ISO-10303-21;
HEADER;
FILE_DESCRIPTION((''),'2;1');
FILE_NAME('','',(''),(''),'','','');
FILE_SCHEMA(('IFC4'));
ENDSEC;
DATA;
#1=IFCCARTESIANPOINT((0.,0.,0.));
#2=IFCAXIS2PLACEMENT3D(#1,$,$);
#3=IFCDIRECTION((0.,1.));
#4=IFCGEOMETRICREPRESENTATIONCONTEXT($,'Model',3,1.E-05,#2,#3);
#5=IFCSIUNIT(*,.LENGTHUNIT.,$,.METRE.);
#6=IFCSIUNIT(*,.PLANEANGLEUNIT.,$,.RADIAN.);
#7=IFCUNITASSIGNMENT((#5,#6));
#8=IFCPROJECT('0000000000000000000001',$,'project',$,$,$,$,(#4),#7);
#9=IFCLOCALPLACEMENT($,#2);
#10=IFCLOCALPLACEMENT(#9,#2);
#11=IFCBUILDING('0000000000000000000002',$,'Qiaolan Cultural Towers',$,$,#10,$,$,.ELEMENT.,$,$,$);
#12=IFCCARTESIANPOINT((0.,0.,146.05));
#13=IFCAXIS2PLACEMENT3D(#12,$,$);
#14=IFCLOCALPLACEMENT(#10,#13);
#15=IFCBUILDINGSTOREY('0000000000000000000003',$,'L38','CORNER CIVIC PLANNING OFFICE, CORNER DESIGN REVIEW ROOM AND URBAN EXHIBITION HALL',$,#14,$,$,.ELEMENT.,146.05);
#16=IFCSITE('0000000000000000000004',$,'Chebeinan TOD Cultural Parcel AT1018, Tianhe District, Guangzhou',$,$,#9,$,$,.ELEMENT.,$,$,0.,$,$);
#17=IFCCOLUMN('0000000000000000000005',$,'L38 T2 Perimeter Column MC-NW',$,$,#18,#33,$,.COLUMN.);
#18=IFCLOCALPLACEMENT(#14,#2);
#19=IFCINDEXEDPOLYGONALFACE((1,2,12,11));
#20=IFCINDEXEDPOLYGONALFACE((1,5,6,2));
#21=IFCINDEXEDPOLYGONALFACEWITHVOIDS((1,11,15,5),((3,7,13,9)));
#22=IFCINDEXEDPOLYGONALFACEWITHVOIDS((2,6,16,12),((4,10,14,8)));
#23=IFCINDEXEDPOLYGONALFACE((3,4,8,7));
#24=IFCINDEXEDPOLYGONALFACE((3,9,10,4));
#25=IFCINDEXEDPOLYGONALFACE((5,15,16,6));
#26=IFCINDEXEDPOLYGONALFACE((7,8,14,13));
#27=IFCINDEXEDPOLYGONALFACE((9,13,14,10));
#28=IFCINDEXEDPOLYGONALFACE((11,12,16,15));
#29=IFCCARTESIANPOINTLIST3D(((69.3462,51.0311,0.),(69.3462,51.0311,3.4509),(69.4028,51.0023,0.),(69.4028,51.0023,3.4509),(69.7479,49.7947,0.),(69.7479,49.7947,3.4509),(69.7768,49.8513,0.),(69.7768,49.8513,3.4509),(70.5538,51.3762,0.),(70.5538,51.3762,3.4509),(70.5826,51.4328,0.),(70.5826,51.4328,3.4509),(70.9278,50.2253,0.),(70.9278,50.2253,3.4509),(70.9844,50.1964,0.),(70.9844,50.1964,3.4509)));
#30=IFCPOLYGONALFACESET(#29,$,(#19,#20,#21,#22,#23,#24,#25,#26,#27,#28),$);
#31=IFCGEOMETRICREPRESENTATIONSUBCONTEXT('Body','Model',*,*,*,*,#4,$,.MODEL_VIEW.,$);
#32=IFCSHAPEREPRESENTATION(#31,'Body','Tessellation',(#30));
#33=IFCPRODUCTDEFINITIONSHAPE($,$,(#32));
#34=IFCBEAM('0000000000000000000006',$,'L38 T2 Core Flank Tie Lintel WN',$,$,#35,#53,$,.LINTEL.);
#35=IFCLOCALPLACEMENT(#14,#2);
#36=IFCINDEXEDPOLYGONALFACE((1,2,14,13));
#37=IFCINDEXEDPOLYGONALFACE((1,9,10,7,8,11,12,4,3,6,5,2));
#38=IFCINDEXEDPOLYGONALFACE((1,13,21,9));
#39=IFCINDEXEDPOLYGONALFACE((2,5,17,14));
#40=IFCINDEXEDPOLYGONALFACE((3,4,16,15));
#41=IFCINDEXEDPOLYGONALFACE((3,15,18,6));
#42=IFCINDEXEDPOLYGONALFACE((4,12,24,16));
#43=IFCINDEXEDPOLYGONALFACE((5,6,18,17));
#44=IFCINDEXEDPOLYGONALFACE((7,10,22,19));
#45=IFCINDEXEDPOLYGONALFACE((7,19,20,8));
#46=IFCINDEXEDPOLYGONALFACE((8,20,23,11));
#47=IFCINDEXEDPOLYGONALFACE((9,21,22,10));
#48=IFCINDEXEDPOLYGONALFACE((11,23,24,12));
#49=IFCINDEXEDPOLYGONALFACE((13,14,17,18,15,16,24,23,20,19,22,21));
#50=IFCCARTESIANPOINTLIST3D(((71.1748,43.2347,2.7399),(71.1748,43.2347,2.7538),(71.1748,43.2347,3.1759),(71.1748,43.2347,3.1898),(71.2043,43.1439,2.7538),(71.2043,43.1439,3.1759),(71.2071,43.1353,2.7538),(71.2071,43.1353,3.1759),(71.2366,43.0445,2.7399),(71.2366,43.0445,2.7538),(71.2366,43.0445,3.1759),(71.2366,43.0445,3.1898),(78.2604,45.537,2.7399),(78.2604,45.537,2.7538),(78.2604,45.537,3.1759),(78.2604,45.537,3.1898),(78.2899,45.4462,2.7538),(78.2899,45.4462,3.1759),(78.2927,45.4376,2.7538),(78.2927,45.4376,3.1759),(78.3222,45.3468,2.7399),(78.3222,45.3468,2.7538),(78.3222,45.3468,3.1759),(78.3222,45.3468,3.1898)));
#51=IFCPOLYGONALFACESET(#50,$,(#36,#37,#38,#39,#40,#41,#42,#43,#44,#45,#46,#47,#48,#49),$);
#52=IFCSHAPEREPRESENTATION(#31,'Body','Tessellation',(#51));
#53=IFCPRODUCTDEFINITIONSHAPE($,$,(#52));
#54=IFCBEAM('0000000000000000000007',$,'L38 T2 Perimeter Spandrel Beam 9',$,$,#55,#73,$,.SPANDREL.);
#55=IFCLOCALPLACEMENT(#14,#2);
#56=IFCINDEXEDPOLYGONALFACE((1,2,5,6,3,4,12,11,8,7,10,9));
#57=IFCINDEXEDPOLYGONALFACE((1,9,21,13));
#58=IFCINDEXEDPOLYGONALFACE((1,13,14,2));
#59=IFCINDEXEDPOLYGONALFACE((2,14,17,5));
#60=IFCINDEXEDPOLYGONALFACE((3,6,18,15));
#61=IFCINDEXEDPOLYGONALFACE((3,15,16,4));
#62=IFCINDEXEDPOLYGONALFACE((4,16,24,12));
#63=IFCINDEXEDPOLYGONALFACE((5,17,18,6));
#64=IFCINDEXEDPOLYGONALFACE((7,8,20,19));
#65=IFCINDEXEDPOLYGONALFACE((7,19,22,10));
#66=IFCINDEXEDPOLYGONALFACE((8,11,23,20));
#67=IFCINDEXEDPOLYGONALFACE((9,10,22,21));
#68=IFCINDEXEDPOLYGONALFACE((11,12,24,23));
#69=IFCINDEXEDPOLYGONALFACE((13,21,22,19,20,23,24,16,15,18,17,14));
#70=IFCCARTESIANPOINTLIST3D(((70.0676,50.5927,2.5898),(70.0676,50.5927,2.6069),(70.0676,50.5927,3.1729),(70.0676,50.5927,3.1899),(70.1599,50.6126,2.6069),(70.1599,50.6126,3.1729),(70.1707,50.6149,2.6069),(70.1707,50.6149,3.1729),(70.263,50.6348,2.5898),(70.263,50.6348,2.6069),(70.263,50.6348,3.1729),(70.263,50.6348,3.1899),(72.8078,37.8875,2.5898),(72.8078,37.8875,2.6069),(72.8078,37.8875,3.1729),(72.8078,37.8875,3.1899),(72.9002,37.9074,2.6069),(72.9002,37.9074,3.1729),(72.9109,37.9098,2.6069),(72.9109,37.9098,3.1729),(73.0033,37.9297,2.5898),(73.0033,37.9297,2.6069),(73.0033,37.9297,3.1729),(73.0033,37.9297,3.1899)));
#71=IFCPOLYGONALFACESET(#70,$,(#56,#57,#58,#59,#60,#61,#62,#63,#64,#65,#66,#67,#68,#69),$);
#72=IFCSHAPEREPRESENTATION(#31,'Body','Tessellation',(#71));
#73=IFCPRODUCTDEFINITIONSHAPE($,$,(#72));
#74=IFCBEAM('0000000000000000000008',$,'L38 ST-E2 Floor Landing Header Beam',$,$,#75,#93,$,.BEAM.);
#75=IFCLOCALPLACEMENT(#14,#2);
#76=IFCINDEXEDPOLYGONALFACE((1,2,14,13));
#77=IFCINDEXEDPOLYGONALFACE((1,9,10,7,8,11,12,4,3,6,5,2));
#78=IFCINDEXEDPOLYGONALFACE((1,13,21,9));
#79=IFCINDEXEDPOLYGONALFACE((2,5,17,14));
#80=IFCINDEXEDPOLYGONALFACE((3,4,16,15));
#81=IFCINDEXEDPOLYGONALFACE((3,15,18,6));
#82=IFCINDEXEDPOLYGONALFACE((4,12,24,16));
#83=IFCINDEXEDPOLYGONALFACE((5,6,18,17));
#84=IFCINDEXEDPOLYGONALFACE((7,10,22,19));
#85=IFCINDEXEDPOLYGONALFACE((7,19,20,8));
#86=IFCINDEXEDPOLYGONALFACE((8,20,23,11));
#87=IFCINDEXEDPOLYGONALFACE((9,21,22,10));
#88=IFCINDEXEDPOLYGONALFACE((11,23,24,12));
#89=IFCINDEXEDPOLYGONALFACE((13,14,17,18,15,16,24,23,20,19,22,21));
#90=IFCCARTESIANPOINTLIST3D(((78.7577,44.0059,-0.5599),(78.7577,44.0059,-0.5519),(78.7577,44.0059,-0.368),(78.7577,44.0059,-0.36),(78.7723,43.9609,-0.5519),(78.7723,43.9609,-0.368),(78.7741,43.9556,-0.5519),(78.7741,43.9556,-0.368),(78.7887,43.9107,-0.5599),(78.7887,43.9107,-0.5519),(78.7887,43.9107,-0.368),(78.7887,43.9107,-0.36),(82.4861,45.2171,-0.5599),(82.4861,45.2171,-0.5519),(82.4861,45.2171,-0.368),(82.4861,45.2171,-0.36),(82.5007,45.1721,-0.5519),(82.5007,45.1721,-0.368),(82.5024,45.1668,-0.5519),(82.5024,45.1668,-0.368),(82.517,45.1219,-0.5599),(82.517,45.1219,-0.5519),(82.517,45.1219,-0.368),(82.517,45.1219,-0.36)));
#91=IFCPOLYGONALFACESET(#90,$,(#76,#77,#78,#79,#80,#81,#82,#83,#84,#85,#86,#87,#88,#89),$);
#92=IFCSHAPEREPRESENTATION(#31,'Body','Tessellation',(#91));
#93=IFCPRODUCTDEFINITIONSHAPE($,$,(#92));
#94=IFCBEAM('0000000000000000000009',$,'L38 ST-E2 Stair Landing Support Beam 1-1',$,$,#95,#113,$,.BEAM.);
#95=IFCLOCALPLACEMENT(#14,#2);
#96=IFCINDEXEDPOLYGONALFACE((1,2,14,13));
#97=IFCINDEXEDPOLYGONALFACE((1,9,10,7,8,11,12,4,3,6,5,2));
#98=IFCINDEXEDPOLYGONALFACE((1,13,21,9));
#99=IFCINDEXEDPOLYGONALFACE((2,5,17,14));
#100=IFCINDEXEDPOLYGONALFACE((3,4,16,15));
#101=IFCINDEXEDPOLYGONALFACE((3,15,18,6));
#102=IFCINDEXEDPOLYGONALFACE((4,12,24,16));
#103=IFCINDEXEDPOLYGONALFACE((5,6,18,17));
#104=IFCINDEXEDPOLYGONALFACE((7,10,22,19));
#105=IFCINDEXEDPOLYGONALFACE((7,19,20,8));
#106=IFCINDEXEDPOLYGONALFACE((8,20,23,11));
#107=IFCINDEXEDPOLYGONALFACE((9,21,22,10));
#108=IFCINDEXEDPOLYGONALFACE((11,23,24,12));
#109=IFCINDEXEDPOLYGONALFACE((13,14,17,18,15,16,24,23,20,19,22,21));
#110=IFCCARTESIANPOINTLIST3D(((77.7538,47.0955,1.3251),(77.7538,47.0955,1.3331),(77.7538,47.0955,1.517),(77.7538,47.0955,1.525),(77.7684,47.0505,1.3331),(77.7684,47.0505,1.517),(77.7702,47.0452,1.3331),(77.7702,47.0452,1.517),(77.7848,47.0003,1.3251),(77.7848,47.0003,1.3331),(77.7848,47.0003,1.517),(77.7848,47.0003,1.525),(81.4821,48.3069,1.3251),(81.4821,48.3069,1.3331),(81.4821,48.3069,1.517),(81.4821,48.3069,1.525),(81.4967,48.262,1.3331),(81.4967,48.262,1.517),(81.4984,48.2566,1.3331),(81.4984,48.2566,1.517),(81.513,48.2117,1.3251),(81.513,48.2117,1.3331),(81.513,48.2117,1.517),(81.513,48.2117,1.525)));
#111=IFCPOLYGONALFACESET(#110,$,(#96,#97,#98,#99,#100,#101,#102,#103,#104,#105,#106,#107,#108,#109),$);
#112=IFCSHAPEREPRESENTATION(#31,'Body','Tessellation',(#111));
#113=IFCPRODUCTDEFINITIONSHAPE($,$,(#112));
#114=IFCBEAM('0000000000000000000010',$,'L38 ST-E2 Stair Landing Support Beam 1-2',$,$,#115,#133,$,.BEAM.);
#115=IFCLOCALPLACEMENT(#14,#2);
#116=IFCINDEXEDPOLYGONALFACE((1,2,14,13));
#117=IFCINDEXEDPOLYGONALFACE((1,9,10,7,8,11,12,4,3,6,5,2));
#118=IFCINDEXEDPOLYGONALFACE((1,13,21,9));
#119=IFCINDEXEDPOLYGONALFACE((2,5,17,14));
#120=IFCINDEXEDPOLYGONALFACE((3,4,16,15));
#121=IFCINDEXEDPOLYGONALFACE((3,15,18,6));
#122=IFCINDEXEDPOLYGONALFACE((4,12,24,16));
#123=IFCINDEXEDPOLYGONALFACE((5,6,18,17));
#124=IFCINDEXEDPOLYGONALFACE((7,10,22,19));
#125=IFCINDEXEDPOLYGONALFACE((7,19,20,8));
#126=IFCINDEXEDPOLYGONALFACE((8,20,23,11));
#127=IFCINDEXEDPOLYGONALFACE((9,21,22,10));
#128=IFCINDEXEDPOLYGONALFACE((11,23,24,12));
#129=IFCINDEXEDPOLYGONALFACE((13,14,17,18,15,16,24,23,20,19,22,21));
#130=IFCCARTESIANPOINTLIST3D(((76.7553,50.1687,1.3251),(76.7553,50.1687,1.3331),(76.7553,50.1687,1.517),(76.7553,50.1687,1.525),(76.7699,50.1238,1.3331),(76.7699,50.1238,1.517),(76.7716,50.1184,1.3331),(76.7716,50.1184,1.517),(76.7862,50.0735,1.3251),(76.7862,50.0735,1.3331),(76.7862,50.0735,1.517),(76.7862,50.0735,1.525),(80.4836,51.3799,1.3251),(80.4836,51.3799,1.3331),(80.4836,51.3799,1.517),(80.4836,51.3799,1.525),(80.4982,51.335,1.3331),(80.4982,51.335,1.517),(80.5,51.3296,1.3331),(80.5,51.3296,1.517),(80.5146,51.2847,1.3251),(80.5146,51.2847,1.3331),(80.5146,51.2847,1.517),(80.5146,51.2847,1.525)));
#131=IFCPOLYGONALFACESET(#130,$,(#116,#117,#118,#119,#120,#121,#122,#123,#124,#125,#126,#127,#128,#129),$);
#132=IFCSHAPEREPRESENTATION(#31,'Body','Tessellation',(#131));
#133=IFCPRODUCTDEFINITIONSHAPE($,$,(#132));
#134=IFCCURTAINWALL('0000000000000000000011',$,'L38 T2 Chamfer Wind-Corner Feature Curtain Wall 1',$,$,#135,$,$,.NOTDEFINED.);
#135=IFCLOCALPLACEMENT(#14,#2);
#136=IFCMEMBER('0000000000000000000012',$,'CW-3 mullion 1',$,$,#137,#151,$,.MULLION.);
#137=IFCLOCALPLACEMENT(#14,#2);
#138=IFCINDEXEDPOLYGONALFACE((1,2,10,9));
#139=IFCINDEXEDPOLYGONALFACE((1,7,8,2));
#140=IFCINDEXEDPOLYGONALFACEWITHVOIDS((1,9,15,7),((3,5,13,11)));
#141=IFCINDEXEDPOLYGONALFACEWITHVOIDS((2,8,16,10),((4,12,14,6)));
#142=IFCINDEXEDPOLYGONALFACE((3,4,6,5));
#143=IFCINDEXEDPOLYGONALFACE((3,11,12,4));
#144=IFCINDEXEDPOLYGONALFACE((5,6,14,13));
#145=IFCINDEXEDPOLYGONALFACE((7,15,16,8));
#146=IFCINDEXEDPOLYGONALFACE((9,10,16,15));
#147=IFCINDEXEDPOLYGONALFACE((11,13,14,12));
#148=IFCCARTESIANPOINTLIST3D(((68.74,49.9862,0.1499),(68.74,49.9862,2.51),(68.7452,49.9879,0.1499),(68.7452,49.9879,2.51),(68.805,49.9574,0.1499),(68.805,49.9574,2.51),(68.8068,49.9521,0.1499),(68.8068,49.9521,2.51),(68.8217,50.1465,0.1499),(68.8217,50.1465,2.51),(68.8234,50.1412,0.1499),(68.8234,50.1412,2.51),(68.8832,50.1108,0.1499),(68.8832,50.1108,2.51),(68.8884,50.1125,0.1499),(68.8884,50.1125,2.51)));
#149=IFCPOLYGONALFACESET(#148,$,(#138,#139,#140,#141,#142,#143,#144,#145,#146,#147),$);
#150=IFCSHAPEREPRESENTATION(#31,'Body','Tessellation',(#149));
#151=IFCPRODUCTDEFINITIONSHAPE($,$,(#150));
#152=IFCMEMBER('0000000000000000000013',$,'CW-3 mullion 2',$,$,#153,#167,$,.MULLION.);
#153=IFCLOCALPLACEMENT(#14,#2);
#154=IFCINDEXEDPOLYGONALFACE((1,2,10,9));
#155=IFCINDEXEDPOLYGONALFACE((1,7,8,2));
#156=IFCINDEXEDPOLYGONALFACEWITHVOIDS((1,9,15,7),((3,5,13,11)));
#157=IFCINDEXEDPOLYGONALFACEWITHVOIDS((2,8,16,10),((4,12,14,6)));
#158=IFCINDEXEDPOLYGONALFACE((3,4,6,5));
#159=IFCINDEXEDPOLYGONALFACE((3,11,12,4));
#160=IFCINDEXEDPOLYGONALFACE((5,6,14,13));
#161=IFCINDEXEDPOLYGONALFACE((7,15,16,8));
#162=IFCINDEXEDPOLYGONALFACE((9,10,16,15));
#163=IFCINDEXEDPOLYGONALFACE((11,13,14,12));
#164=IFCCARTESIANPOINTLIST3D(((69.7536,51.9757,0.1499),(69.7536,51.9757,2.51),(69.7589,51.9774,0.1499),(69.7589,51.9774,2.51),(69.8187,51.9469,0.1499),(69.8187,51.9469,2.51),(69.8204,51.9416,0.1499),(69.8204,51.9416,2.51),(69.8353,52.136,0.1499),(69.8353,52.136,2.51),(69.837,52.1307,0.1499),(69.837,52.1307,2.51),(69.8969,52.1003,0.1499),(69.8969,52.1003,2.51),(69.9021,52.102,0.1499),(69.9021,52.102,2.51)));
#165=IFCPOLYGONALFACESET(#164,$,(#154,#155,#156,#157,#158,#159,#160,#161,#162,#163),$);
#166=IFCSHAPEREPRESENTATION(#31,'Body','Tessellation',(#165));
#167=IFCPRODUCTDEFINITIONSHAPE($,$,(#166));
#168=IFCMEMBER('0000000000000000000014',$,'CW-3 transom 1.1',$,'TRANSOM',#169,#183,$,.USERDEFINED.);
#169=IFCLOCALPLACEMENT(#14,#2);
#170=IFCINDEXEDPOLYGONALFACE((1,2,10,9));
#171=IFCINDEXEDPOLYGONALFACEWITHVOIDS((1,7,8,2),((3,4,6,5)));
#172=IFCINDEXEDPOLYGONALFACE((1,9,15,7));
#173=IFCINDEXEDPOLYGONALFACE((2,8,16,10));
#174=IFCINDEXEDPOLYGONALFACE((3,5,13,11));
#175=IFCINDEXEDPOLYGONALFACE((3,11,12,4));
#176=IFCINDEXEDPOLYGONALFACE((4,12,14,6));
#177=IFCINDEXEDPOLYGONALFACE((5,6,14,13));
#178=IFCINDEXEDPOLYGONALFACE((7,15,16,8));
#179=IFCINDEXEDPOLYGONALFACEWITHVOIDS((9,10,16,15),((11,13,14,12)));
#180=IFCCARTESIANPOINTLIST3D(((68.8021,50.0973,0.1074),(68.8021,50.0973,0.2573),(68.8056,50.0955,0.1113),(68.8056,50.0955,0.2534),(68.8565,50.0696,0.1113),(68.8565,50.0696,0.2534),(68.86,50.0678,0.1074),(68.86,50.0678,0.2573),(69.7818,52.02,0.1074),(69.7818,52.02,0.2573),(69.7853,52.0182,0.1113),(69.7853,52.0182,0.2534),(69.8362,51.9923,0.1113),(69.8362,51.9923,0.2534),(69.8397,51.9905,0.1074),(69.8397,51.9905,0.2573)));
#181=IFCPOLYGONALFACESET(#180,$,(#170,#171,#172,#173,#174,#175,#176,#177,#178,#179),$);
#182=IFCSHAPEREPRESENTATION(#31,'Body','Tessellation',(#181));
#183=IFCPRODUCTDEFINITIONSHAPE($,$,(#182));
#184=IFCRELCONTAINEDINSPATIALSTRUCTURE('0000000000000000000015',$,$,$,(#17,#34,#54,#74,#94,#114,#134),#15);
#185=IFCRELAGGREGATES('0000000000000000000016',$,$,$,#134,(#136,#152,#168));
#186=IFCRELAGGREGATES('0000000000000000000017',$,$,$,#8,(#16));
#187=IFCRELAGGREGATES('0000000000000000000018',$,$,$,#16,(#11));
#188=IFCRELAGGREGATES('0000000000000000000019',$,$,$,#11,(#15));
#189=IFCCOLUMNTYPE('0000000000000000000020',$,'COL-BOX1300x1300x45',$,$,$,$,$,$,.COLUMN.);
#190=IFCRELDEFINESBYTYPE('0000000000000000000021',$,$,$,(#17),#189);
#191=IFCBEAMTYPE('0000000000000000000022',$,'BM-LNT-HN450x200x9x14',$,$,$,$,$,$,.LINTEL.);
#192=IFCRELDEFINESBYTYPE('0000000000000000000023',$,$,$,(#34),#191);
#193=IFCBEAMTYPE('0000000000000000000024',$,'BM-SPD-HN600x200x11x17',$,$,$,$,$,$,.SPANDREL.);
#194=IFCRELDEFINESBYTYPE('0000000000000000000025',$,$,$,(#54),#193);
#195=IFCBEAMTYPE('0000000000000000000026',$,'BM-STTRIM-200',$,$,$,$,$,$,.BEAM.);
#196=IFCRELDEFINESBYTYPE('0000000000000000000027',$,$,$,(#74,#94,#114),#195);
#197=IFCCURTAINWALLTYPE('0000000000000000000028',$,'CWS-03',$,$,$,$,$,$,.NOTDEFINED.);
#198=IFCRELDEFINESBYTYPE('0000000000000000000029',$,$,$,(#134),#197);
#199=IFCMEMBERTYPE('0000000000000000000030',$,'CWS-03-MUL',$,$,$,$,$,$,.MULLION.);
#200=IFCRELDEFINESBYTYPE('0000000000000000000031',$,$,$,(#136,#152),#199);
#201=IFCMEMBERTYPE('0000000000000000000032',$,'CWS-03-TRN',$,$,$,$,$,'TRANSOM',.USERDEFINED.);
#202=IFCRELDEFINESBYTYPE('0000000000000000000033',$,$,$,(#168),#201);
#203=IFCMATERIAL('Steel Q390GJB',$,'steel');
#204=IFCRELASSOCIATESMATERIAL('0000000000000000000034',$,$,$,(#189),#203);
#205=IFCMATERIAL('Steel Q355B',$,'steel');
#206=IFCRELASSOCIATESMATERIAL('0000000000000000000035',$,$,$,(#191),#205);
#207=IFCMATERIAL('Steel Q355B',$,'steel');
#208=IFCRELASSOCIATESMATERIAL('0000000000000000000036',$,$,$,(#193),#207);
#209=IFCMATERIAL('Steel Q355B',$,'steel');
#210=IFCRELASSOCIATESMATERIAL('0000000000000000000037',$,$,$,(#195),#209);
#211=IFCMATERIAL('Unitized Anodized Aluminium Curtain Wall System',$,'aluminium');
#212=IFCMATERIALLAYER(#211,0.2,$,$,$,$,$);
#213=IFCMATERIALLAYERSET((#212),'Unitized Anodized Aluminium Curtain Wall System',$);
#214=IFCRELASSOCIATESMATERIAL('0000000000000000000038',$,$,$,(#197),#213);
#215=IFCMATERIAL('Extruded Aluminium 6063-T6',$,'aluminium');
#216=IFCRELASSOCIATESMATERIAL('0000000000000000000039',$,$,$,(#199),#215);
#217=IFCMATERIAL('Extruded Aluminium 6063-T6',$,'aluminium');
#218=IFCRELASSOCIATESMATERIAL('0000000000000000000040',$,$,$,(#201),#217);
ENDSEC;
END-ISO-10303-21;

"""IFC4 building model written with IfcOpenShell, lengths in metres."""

from ifc_helpers import new_model, si_unit, direction, frame, origin, origin_2d, place, context, subcontext, project, spatial, hollow_rectangle, i_section, extrude, material, layer, layer_set, material_profile, profile_set, type_object, element, aggregate, save


model = new_model("IFC4")

# Units and contexts
model_context = context("Model", 3, precision=1e-05, world=origin(), true_north=direction((0.0, 1.0)))
body_context = subcontext(model_context, "Body", "Model", "MODEL_VIEW")
ifc_project = project(units=[si_unit("LENGTHUNIT", "METRE"), si_unit("PLANEANGLEUNIT", "RADIAN")], contexts=[model_context])

# Site, building, storey
site_placement = place(None, origin())
site = spatial("IfcSite", under=ifc_project, at=site_placement, Name="Chebeinan TOD Cultural Parcel AT1018, Tianhe District, Guangzhou", CompositionType="ELEMENT", RefElevation=0.0)
building_placement = place(site_placement, origin())
building = spatial("IfcBuilding", under=site, at=building_placement, Name="Qiaolan Cultural Towers", CompositionType="ELEMENT")
storey_placement = place(building_placement, frame((0.0, 0.0, 146.05)))
storey = spatial("IfcBuildingStorey", under=building, at=storey_placement, Name="L38", Description="CORNER CIVIC PLANNING OFFICE, CORNER DESIGN REVIEW ROOM AND URBAN EXHIBITION HALL", CompositionType="ELEMENT", Elevation=146.05)

# Column
ifc_material_1 = material(Name="Steel Q390GJB", Category="steel")
ifc_material_profile_1 = material_profile(ifc_material_1, hollow_rectangle(XDim=1.3, YDim=1.3, WallThickness=0.0449, at=origin_2d()), Name="BOX1300x1300x45")
ifc_profile_set_1 = profile_set([ifc_material_profile_1], Name="Steel Q390GJB")
column_type = type_object("IfcColumnType", Name="COL-BOX1300x1300x45", PredefinedType="COLUMN", material=ifc_profile_set_1)
column_placement = place(storey_placement, frame((70.1653, 50.6138, 0.0), z_axis=(0.0, 0.0, 1.0), x_axis=(0.951057, 0.309017, 0.0)))
element("IfcColumn", 1, at=column_placement, inside=storey, type_object=column_type, Name="L38 T2 Perimeter Column MC-NW", PredefinedType="COLUMN", context=body_context, shape_type="SweptSolid", body=[
    extrude(hollow_rectangle(XDim=1.3, YDim=1.3, WallThickness=0.0449, at=origin_2d()), origin(), (0.0, 0.0, 1.0), 3.4509),
])

# Beams
ifc_material_2 = material(Name="Steel Q355B", Category="steel")
ifc_material_profile_2 = material_profile(ifc_material_2, i_section(OverallWidth=0.2, OverallDepth=0.45, WebThickness=0.009, FlangeThickness=0.0139, at=origin_2d()), Name="HN450x200x9x14")
ifc_profile_set_2 = profile_set([ifc_material_profile_2], Name="Steel Q355B")
beam_type_1 = type_object("IfcBeamType", Name="BM-LNT-HN450x200x9x14", PredefinedType="LINTEL", material=ifc_profile_set_2)
beam_1_placement = place(storey_placement, frame((78.2913, 45.4419, 2.9648), z_axis=(-0.951055, -0.309022, 0.0), x_axis=(0.309022, -0.951055, 0.0)))
element("IfcBeam", 2, at=beam_1_placement, inside=storey, type_object=beam_type_1, Name="L38 T2 Core Flank Tie Lintel WN", PredefinedType="LINTEL", context=body_context, shape_type="SweptSolid", body=[
    extrude(i_section(OverallWidth=0.2, OverallDepth=0.45, WebThickness=0.009, FlangeThickness=0.0139, at=origin_2d()), origin(), (0.0, 0.0, 1.0), 7.4502),
])
ifc_material_3 = material(Name="Steel Q355B", Category="steel")
ifc_material_profile_3 = material_profile(ifc_material_3, i_section(OverallWidth=0.2, OverallDepth=0.6001, WebThickness=0.011, FlangeThickness=0.0171, at=origin_2d()), Name="HN600x200x11x17")
ifc_profile_set_3 = profile_set([ifc_material_profile_3], Name="Steel Q355B")
beam_type_2 = type_object("IfcBeamType", Name="BM-SPD-HN600x200x11x17", PredefinedType="SPANDREL", material=ifc_profile_set_3)
beam_2_placement = place(storey_placement, frame((70.1653, 50.6138, 2.8899), z_axis=(0.210832, -0.977522, 0.0), x_axis=(0.977522, 0.210832, 0.0)))
element("IfcBeam", 3, at=beam_2_placement, inside=storey, type_object=beam_type_2, Name="L38 T2 Perimeter Spandrel Beam 9", PredefinedType="SPANDREL", context=body_context, shape_type="SweptSolid", body=[
    extrude(i_section(OverallWidth=0.2, OverallDepth=0.6001, WebThickness=0.011, FlangeThickness=0.0171, at=origin_2d()), origin(), (0.0, 0.0, 1.0), 12.9973),
])
ifc_material_4 = material(Name="Steel Q355B", Category="steel")
ifc_material_profile_4 = material_profile(ifc_material_4, i_section(OverallWidth=0.1001, OverallDepth=0.2, WebThickness=0.0056, FlangeThickness=0.0081, at=origin_2d()), Name="HN200x100x5.5x8")
ifc_profile_set_4 = profile_set([ifc_material_profile_4], Name="Steel Q355B")
beam_type_3 = type_object("IfcBeamType", Name="BM-STTRIM-200", PredefinedType="BEAM", material=ifc_profile_set_4)
for number, where, z_axis, x_axis, name in (
    (4, (78.7732, 43.9583, -0.46), (0.951072, 0.308969, 0.0), (-0.308969, 0.951072, 0.0), "L38 ST-E2 Floor Landing Header Beam"),
    (5, (77.7693, 47.0479, 1.425), (0.951054, 0.309026, 0.0), (-0.309026, 0.951054, 0.0), "L38 ST-E2 Stair Landing Support Beam 1-1"),
    (6, (76.7708, 50.1211, 1.425), (0.951072, 0.308969, 0.0), (-0.308969, 0.951072, 0.0), "L38 ST-E2 Stair Landing Support Beam 1-2"),
):
    element("IfcBeam", number, at=place(storey_placement, frame(where, z_axis=z_axis, x_axis=x_axis)), inside=storey, type_object=beam_type_3, Name=name, PredefinedType="BEAM", context=body_context, shape_type="SweptSolid", body=[
        extrude(i_section(OverallWidth=0.1001, OverallDepth=0.2, WebThickness=0.0056, FlangeThickness=0.0081, at=origin_2d()), origin(), (0.0, 0.0, 1.0), 3.9202),
    ])

# Curtain wall, members
ifc_material_5 = material(Name="Unitized Anodized Aluminium Curtain Wall System", Category="aluminium")
ifc_layer_1 = layer(ifc_material_5, 0.2)
ifc_layer_set_1 = layer_set([ifc_layer_1], Name="Unitized Anodized Aluminium Curtain Wall System")
curtain_wall_type = type_object("IfcCurtainWallType", Name="CWS-03", PredefinedType="NOTDEFINED", material=ifc_layer_set_1)
curtain_wall_placement = place(storey_placement, origin())
curtain_wall = element("IfcCurtainWall", 7, at=curtain_wall_placement, inside=storey, type_object=curtain_wall_type, Name="L38 T2 Chamfer Wind-Corner Feature Curtain Wall 1", PredefinedType="NOTDEFINED")
ifc_material_6 = material(Name="Extruded Aluminium 6063-T6", Category="aluminium")
ifc_material_profile_5 = material_profile(ifc_material_6, hollow_rectangle(XDim=0.075, YDim=0.1799, WallThickness=0.0039, at=origin_2d()), Name="CWM-180x75x4")
ifc_profile_set_5 = profile_set([ifc_material_profile_5], Name="Extruded Aluminium 6063-T6")
member_type_1 = type_object("IfcMemberType", Name="CWS-03-MUL", PredefinedType="MULLION", material=ifc_profile_set_5)
member_1_placement = place(storey_placement, frame((68.8142, 50.0493, 0.1499), z_axis=(0.0, 0.0, 1.0), x_axis=(-0.891007, 0.45399, 0.0)))
member_1 = element("IfcMember", 8, at=member_1_placement, type_object=member_type_1, Name="CW-3 mullion 1", PredefinedType="MULLION", context=body_context, shape_type="SweptSolid", body=[
    extrude(hollow_rectangle(XDim=0.075, YDim=0.1799, WallThickness=0.0039, at=origin_2d()), origin(), (0.0, 0.0, 1.0), 2.3601),
])
member_2_placement = place(storey_placement, frame((69.8279, 52.0388, 0.1499), z_axis=(0.0, 0.0, 1.0), x_axis=(-0.891007, 0.45399, 0.0)))
member_2 = element("IfcMember", 9, at=member_2_placement, type_object=member_type_1, Name="CW-3 mullion 2", PredefinedType="MULLION", context=body_context, shape_type="SweptSolid", body=[
    extrude(hollow_rectangle(XDim=0.075, YDim=0.1799, WallThickness=0.0039, at=origin_2d()), origin(), (0.0, 0.0, 1.0), 2.3601),
])
ifc_material_7 = material(Name="Extruded Aluminium 6063-T6", Category="aluminium")
ifc_material_profile_6 = material_profile(ifc_material_7, hollow_rectangle(XDim=0.0649, YDim=0.1499, WallThickness=0.0039, at=origin_2d()), Name="CWT-150x65x4")
ifc_profile_set_6 = profile_set([ifc_material_profile_6], Name="Extruded Aluminium 6063-T6")
member_type_2 = type_object("IfcMemberType", Name="CWS-03-TRN", ElementType="TRANSOM", PredefinedType="USERDEFINED", material=ifc_profile_set_6)
member_3_placement = place(storey_placement, frame((68.8311, 50.0825, 0.1824), z_axis=(0.453988, 0.891008, 0.0), x_axis=(-0.891008, 0.453988, 0.0)))
member_3 = element("IfcMember", 10, at=member_3_placement, type_object=member_type_2, Name="CW-3 transom 1.1", ObjectType="TRANSOM", PredefinedType="USERDEFINED", context=body_context, shape_type="SweptSolid", body=[
    extrude(hollow_rectangle(XDim=0.0649, YDim=0.1499, WallThickness=0.0039, at=origin_2d()), origin(), (0.0, 0.0, 1.0), 2.158),
])
aggregate(curtain_wall, [member_1, member_2, member_3])

save(model, "model.ifc")
